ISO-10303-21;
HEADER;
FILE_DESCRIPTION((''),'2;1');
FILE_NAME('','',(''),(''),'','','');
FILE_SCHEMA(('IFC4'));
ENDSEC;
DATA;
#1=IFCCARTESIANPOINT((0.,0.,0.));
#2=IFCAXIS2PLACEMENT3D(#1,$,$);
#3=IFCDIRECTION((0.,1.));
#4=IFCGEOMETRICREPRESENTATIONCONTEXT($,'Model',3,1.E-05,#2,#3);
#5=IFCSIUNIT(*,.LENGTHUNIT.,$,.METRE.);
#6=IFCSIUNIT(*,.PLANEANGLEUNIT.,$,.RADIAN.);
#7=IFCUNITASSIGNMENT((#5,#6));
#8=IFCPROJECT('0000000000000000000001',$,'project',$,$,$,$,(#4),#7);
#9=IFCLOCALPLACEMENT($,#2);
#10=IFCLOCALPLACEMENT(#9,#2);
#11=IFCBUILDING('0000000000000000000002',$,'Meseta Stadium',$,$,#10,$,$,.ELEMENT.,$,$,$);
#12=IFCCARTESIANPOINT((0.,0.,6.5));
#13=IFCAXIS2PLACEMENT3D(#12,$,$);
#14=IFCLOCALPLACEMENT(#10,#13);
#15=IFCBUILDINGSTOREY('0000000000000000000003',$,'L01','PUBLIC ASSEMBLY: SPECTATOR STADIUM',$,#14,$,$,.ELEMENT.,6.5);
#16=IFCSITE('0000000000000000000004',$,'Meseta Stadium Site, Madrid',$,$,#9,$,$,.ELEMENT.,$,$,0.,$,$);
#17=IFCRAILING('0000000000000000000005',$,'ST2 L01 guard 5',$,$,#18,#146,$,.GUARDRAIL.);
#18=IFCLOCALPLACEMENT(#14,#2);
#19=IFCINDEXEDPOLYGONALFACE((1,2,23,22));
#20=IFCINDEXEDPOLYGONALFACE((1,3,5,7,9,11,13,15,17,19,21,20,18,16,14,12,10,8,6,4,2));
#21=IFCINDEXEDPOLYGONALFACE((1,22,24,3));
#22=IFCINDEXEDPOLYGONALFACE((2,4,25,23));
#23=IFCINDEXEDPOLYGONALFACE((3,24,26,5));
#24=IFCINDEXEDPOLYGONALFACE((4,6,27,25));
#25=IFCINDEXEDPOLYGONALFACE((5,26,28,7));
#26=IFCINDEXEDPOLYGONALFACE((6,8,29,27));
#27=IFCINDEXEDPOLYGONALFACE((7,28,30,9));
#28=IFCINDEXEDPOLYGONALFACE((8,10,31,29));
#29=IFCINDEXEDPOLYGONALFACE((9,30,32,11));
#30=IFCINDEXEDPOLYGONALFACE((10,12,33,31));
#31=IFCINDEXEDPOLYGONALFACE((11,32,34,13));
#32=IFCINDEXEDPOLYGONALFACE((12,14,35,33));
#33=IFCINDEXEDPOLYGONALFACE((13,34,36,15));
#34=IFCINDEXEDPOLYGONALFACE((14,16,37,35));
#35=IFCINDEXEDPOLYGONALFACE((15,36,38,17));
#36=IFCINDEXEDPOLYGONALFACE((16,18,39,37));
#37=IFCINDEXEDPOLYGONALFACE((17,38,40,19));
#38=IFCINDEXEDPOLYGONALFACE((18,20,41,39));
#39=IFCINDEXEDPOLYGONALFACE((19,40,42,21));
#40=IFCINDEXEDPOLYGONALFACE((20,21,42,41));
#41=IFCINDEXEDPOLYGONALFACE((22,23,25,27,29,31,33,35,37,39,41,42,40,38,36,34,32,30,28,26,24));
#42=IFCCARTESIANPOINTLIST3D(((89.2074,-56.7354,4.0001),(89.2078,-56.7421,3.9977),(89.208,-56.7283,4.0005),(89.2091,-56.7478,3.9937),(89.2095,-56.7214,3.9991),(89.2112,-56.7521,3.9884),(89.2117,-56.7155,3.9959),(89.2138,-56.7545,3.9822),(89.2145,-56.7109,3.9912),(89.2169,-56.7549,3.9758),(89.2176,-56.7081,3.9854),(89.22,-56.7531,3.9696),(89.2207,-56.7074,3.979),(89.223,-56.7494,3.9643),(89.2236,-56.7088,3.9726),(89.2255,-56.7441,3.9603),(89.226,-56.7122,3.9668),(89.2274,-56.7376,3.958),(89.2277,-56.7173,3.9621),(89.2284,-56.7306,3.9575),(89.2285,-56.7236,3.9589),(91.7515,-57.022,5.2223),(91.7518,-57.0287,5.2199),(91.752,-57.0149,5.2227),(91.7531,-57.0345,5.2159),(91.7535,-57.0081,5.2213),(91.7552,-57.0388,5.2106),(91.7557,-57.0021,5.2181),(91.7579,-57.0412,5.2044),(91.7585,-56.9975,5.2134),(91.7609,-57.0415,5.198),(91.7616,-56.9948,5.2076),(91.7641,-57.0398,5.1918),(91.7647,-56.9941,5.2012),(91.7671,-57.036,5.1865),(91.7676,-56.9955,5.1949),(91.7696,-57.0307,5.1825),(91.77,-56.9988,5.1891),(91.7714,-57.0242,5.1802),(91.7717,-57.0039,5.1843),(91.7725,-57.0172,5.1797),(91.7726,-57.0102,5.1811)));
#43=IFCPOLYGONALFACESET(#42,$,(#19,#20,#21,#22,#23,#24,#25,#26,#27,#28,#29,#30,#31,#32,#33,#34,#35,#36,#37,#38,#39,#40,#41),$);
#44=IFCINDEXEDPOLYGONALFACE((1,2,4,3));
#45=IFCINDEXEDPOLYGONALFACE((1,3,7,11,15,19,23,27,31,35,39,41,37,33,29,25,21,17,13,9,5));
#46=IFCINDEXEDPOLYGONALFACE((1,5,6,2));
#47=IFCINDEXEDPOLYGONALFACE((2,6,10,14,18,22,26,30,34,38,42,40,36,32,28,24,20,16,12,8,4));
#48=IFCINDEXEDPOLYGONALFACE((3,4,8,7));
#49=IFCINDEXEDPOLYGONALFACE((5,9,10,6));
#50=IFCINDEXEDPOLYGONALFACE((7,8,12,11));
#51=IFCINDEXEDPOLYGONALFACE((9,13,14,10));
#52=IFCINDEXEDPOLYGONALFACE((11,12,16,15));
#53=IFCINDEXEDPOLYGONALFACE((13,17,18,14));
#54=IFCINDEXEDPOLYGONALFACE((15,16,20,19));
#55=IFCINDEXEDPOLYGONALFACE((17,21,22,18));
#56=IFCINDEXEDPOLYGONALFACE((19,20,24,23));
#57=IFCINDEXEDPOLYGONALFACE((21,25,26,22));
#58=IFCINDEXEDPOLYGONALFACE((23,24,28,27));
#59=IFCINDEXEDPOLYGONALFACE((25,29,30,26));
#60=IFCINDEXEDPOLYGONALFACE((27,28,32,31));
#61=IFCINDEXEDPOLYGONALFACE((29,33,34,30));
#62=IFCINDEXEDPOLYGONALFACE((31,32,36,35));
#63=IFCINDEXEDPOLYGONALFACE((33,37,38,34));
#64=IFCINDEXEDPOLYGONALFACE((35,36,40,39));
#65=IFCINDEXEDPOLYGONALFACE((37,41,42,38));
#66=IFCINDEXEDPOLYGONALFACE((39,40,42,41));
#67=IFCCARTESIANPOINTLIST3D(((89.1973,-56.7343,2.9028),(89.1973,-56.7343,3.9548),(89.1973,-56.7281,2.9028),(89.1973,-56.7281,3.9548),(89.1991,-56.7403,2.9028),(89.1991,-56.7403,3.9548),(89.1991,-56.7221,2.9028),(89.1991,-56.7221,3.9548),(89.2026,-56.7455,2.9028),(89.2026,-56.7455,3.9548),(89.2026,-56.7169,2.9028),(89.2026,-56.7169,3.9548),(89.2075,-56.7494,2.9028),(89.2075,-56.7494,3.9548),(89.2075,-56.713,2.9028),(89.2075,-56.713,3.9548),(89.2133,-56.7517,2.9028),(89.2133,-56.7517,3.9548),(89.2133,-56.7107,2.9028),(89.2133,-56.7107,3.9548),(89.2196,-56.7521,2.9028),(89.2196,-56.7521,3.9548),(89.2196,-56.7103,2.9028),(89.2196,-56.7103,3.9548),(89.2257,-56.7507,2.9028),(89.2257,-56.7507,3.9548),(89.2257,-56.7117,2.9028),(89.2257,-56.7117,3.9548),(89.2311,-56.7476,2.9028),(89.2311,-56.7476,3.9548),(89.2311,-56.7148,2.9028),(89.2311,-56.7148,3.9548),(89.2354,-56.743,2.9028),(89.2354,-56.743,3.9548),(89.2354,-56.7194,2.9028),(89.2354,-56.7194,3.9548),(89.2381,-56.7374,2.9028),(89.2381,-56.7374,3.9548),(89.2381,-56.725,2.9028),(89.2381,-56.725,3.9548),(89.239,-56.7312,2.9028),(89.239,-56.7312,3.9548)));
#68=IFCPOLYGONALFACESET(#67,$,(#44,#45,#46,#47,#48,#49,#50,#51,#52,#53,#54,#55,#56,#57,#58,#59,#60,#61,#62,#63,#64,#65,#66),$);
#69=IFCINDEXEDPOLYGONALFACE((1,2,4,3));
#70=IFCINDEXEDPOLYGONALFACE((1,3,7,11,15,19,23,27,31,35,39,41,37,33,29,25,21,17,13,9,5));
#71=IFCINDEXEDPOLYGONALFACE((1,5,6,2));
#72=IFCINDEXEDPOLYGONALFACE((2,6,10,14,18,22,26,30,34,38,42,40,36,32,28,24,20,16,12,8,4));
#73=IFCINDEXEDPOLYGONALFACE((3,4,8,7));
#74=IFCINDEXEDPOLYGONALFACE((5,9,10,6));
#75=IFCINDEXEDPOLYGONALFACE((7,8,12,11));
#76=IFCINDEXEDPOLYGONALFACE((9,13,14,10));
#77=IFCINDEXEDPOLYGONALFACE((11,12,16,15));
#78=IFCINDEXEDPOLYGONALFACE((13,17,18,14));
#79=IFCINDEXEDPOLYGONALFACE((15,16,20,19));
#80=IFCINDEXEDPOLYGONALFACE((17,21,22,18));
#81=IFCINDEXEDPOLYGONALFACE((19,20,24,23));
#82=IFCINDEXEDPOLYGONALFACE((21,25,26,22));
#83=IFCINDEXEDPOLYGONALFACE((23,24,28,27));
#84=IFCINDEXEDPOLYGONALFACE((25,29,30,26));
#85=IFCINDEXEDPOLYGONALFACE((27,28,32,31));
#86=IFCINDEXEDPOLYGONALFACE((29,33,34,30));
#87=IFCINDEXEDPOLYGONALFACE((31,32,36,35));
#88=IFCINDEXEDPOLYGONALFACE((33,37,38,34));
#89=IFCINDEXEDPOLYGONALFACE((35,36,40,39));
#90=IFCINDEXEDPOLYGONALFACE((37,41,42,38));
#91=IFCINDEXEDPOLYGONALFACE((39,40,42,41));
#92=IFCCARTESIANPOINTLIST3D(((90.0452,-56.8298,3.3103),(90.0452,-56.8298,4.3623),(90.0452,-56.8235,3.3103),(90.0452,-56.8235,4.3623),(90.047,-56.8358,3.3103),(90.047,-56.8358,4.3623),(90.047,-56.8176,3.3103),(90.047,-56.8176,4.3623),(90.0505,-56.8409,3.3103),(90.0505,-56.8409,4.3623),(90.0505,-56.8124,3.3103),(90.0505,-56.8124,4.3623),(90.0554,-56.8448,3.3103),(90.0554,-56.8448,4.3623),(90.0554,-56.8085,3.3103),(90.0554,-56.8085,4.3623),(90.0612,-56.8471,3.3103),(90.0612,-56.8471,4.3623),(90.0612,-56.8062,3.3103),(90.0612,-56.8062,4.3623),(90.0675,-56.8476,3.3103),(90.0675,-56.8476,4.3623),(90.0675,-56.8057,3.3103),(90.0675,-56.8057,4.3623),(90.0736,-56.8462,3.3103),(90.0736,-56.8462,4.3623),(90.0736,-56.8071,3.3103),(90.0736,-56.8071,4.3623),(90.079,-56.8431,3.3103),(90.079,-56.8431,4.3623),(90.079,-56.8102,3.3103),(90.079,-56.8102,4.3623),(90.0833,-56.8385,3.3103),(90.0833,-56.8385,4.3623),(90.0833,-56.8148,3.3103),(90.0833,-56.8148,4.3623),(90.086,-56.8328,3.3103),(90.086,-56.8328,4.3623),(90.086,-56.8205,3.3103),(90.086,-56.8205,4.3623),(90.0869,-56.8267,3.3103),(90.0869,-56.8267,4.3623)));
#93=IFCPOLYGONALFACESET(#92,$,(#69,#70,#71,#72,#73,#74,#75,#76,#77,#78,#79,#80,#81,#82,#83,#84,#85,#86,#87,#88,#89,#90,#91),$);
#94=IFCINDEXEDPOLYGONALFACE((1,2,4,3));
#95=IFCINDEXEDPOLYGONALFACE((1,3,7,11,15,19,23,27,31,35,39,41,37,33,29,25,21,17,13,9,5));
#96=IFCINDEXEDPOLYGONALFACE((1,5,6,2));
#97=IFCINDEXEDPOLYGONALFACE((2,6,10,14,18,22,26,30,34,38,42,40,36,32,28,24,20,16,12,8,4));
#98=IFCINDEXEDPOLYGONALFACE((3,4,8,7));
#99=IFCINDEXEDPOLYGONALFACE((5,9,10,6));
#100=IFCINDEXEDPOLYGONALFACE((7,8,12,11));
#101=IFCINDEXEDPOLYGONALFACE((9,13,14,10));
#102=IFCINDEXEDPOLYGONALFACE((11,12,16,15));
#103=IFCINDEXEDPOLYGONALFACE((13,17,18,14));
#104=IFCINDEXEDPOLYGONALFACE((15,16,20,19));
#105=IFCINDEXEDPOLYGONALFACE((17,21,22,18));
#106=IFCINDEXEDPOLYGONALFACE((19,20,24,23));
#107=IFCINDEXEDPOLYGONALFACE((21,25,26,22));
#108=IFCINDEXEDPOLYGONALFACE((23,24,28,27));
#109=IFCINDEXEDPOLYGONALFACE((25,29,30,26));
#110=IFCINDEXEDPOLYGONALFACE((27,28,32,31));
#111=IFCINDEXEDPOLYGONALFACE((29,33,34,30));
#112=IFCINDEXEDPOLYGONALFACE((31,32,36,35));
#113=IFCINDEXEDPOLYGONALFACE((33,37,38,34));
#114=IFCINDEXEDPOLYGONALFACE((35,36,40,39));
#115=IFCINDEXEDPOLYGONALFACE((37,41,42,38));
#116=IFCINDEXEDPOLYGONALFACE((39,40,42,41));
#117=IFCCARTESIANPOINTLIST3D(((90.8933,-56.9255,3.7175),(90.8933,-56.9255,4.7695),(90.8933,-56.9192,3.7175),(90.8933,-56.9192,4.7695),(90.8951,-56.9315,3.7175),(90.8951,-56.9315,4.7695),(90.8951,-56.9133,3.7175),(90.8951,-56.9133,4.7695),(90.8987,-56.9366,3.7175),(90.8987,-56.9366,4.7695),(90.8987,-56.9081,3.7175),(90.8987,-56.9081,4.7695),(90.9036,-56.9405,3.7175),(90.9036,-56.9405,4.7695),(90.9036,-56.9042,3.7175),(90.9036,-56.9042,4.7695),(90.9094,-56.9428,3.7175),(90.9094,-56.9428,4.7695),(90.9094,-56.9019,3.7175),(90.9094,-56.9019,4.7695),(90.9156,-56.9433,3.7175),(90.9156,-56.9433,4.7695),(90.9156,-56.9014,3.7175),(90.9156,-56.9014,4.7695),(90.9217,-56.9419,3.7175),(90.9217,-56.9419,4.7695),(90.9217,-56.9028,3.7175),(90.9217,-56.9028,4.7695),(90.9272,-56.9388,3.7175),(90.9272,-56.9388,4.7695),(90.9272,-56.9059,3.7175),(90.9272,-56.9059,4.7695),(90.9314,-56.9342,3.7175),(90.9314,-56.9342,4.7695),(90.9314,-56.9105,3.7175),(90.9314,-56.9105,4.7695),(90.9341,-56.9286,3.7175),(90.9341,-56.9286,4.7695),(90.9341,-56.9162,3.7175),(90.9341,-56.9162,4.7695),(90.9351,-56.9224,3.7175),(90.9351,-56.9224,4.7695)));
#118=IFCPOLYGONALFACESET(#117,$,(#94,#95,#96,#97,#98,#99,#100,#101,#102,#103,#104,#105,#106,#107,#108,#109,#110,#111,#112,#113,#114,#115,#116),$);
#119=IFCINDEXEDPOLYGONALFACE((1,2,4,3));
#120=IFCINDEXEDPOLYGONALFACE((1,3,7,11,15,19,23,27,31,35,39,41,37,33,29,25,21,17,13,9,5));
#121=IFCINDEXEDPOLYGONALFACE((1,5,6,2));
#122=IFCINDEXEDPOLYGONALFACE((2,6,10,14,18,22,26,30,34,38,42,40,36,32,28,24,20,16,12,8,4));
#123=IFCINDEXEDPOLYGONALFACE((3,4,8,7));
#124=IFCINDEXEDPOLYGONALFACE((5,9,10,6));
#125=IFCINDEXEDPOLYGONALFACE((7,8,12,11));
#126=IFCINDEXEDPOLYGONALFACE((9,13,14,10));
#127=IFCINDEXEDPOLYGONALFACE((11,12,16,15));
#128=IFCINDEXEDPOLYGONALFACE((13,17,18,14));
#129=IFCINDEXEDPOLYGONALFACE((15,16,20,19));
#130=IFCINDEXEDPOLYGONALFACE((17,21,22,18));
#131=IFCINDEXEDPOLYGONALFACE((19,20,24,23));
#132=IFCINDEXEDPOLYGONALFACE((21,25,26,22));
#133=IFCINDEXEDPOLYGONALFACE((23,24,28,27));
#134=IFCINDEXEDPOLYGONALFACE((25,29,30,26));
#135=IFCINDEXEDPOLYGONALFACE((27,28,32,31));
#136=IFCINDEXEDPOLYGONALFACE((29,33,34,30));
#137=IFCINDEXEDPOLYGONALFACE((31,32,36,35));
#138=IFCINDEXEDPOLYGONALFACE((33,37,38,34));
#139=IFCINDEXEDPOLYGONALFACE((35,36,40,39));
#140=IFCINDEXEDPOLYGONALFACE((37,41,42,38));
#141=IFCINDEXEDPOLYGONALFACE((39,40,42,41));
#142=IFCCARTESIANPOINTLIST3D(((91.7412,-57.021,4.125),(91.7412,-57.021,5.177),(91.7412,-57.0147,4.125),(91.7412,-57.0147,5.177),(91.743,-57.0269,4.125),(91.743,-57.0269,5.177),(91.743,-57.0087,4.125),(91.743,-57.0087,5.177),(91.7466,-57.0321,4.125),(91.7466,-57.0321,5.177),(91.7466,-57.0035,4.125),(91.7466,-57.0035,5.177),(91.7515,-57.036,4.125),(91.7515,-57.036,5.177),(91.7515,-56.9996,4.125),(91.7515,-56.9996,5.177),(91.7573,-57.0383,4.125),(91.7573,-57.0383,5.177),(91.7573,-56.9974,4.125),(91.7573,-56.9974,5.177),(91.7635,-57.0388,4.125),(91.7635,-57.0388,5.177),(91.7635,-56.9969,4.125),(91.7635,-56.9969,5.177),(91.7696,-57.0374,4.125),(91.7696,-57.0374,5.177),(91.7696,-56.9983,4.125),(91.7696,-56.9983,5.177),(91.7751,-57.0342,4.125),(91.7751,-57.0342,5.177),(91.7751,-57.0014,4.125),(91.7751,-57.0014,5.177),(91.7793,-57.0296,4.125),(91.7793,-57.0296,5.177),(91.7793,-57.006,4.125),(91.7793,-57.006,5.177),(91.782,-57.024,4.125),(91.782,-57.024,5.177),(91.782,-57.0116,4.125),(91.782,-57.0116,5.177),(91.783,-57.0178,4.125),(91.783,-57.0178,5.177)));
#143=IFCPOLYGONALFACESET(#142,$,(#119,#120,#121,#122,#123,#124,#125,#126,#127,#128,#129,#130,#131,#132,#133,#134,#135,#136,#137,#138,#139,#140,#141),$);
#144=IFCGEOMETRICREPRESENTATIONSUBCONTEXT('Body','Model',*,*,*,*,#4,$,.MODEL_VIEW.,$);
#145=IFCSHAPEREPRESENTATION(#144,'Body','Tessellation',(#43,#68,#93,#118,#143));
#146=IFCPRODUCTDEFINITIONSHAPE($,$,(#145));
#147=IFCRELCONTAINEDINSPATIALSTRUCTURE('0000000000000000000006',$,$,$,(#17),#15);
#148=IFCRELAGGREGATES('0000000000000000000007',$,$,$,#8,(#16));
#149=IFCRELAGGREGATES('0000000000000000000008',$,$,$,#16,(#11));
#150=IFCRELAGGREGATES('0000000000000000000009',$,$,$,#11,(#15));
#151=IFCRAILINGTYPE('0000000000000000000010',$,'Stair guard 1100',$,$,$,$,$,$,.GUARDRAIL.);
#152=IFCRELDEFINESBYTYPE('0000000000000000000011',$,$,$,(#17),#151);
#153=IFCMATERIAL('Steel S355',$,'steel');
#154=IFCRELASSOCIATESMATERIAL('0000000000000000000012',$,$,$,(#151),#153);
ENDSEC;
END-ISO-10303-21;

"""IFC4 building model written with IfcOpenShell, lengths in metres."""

from ifc_helpers import new_model, si_unit, direction, frame, origin, origin_2d, place, context, subcontext, project, spatial, circle, extrude, material, type_object, element, save


model = new_model("IFC4")

# Units and contexts
model_context = context("Model", 3, precision=1e-05, world=origin(), true_north=direction((0.0, 1.0)))
body_context = subcontext(model_context, "Body", "Model", "MODEL_VIEW")
ifc_project = project(units=[si_unit("LENGTHUNIT", "METRE"), si_unit("PLANEANGLEUNIT", "RADIAN")], contexts=[model_context])

# Site, building, storey
site_placement = place(None, origin())
site = spatial("IfcSite", under=ifc_project, at=site_placement, Name="Meseta Stadium Site, Madrid", CompositionType="ELEMENT", RefElevation=0.0)
building_placement = place(site_placement, origin())
building = spatial("IfcBuilding", under=site, at=building_placement, Name="Meseta Stadium", CompositionType="ELEMENT")
storey_placement = place(building_placement, frame((0.0, 0.0, 6.5)))
storey = spatial("IfcBuildingStorey", under=building, at=storey_placement, Name="L01", Description="PUBLIC ASSEMBLY: SPECTATOR STADIUM", CompositionType="ELEMENT", Elevation=6.5)

# Railing
ifc_material_1 = material(Name="Steel S355", Category="steel")
railing_type_1 = type_object("IfcRailingType", Name="Stair guard 1100", PredefinedType="GUARDRAIL", material=ifc_material_1)
railing_1_placement = place(storey_placement, frame((89.218, -56.7312, 2.9028)))
element("IfcRailing", 1, at=railing_1_placement, inside=storey, type_object=railing_type_1, Name="ST2 L01 guard 5", PredefinedType="GUARDRAIL", context=body_context, shape_type="SweptSolid", body=[
    extrude(circle(Radius=0.0239, at=origin_2d()), frame((0.0, 0.0, 1.0762), z_axis=(0.896762, -0.101036, 0.430824), x_axis=(0.11196, 0.993713, 0.0)), (0.0, 0.0, 1.0), 2.8369),
    extrude(circle(Radius=0.021, at=origin_2d()), origin(), (0.0, 0.0, 1.0), 1.052),
    extrude(circle(Radius=0.021, at=origin_2d()), frame((0.8479, -0.0955, 0.4075)), (0.0, 0.0, 1.0), 1.052),
    extrude(circle(Radius=0.021, at=origin_2d()), frame((1.696, -0.1912, 0.8147)), (0.0, 0.0, 1.0), 1.052),
    extrude(circle(Radius=0.021, at=origin_2d()), frame((2.5439, -0.2866, 1.2222)), (0.0, 0.0, 1.0), 1.052),
])

save(model, "model.ifc")
